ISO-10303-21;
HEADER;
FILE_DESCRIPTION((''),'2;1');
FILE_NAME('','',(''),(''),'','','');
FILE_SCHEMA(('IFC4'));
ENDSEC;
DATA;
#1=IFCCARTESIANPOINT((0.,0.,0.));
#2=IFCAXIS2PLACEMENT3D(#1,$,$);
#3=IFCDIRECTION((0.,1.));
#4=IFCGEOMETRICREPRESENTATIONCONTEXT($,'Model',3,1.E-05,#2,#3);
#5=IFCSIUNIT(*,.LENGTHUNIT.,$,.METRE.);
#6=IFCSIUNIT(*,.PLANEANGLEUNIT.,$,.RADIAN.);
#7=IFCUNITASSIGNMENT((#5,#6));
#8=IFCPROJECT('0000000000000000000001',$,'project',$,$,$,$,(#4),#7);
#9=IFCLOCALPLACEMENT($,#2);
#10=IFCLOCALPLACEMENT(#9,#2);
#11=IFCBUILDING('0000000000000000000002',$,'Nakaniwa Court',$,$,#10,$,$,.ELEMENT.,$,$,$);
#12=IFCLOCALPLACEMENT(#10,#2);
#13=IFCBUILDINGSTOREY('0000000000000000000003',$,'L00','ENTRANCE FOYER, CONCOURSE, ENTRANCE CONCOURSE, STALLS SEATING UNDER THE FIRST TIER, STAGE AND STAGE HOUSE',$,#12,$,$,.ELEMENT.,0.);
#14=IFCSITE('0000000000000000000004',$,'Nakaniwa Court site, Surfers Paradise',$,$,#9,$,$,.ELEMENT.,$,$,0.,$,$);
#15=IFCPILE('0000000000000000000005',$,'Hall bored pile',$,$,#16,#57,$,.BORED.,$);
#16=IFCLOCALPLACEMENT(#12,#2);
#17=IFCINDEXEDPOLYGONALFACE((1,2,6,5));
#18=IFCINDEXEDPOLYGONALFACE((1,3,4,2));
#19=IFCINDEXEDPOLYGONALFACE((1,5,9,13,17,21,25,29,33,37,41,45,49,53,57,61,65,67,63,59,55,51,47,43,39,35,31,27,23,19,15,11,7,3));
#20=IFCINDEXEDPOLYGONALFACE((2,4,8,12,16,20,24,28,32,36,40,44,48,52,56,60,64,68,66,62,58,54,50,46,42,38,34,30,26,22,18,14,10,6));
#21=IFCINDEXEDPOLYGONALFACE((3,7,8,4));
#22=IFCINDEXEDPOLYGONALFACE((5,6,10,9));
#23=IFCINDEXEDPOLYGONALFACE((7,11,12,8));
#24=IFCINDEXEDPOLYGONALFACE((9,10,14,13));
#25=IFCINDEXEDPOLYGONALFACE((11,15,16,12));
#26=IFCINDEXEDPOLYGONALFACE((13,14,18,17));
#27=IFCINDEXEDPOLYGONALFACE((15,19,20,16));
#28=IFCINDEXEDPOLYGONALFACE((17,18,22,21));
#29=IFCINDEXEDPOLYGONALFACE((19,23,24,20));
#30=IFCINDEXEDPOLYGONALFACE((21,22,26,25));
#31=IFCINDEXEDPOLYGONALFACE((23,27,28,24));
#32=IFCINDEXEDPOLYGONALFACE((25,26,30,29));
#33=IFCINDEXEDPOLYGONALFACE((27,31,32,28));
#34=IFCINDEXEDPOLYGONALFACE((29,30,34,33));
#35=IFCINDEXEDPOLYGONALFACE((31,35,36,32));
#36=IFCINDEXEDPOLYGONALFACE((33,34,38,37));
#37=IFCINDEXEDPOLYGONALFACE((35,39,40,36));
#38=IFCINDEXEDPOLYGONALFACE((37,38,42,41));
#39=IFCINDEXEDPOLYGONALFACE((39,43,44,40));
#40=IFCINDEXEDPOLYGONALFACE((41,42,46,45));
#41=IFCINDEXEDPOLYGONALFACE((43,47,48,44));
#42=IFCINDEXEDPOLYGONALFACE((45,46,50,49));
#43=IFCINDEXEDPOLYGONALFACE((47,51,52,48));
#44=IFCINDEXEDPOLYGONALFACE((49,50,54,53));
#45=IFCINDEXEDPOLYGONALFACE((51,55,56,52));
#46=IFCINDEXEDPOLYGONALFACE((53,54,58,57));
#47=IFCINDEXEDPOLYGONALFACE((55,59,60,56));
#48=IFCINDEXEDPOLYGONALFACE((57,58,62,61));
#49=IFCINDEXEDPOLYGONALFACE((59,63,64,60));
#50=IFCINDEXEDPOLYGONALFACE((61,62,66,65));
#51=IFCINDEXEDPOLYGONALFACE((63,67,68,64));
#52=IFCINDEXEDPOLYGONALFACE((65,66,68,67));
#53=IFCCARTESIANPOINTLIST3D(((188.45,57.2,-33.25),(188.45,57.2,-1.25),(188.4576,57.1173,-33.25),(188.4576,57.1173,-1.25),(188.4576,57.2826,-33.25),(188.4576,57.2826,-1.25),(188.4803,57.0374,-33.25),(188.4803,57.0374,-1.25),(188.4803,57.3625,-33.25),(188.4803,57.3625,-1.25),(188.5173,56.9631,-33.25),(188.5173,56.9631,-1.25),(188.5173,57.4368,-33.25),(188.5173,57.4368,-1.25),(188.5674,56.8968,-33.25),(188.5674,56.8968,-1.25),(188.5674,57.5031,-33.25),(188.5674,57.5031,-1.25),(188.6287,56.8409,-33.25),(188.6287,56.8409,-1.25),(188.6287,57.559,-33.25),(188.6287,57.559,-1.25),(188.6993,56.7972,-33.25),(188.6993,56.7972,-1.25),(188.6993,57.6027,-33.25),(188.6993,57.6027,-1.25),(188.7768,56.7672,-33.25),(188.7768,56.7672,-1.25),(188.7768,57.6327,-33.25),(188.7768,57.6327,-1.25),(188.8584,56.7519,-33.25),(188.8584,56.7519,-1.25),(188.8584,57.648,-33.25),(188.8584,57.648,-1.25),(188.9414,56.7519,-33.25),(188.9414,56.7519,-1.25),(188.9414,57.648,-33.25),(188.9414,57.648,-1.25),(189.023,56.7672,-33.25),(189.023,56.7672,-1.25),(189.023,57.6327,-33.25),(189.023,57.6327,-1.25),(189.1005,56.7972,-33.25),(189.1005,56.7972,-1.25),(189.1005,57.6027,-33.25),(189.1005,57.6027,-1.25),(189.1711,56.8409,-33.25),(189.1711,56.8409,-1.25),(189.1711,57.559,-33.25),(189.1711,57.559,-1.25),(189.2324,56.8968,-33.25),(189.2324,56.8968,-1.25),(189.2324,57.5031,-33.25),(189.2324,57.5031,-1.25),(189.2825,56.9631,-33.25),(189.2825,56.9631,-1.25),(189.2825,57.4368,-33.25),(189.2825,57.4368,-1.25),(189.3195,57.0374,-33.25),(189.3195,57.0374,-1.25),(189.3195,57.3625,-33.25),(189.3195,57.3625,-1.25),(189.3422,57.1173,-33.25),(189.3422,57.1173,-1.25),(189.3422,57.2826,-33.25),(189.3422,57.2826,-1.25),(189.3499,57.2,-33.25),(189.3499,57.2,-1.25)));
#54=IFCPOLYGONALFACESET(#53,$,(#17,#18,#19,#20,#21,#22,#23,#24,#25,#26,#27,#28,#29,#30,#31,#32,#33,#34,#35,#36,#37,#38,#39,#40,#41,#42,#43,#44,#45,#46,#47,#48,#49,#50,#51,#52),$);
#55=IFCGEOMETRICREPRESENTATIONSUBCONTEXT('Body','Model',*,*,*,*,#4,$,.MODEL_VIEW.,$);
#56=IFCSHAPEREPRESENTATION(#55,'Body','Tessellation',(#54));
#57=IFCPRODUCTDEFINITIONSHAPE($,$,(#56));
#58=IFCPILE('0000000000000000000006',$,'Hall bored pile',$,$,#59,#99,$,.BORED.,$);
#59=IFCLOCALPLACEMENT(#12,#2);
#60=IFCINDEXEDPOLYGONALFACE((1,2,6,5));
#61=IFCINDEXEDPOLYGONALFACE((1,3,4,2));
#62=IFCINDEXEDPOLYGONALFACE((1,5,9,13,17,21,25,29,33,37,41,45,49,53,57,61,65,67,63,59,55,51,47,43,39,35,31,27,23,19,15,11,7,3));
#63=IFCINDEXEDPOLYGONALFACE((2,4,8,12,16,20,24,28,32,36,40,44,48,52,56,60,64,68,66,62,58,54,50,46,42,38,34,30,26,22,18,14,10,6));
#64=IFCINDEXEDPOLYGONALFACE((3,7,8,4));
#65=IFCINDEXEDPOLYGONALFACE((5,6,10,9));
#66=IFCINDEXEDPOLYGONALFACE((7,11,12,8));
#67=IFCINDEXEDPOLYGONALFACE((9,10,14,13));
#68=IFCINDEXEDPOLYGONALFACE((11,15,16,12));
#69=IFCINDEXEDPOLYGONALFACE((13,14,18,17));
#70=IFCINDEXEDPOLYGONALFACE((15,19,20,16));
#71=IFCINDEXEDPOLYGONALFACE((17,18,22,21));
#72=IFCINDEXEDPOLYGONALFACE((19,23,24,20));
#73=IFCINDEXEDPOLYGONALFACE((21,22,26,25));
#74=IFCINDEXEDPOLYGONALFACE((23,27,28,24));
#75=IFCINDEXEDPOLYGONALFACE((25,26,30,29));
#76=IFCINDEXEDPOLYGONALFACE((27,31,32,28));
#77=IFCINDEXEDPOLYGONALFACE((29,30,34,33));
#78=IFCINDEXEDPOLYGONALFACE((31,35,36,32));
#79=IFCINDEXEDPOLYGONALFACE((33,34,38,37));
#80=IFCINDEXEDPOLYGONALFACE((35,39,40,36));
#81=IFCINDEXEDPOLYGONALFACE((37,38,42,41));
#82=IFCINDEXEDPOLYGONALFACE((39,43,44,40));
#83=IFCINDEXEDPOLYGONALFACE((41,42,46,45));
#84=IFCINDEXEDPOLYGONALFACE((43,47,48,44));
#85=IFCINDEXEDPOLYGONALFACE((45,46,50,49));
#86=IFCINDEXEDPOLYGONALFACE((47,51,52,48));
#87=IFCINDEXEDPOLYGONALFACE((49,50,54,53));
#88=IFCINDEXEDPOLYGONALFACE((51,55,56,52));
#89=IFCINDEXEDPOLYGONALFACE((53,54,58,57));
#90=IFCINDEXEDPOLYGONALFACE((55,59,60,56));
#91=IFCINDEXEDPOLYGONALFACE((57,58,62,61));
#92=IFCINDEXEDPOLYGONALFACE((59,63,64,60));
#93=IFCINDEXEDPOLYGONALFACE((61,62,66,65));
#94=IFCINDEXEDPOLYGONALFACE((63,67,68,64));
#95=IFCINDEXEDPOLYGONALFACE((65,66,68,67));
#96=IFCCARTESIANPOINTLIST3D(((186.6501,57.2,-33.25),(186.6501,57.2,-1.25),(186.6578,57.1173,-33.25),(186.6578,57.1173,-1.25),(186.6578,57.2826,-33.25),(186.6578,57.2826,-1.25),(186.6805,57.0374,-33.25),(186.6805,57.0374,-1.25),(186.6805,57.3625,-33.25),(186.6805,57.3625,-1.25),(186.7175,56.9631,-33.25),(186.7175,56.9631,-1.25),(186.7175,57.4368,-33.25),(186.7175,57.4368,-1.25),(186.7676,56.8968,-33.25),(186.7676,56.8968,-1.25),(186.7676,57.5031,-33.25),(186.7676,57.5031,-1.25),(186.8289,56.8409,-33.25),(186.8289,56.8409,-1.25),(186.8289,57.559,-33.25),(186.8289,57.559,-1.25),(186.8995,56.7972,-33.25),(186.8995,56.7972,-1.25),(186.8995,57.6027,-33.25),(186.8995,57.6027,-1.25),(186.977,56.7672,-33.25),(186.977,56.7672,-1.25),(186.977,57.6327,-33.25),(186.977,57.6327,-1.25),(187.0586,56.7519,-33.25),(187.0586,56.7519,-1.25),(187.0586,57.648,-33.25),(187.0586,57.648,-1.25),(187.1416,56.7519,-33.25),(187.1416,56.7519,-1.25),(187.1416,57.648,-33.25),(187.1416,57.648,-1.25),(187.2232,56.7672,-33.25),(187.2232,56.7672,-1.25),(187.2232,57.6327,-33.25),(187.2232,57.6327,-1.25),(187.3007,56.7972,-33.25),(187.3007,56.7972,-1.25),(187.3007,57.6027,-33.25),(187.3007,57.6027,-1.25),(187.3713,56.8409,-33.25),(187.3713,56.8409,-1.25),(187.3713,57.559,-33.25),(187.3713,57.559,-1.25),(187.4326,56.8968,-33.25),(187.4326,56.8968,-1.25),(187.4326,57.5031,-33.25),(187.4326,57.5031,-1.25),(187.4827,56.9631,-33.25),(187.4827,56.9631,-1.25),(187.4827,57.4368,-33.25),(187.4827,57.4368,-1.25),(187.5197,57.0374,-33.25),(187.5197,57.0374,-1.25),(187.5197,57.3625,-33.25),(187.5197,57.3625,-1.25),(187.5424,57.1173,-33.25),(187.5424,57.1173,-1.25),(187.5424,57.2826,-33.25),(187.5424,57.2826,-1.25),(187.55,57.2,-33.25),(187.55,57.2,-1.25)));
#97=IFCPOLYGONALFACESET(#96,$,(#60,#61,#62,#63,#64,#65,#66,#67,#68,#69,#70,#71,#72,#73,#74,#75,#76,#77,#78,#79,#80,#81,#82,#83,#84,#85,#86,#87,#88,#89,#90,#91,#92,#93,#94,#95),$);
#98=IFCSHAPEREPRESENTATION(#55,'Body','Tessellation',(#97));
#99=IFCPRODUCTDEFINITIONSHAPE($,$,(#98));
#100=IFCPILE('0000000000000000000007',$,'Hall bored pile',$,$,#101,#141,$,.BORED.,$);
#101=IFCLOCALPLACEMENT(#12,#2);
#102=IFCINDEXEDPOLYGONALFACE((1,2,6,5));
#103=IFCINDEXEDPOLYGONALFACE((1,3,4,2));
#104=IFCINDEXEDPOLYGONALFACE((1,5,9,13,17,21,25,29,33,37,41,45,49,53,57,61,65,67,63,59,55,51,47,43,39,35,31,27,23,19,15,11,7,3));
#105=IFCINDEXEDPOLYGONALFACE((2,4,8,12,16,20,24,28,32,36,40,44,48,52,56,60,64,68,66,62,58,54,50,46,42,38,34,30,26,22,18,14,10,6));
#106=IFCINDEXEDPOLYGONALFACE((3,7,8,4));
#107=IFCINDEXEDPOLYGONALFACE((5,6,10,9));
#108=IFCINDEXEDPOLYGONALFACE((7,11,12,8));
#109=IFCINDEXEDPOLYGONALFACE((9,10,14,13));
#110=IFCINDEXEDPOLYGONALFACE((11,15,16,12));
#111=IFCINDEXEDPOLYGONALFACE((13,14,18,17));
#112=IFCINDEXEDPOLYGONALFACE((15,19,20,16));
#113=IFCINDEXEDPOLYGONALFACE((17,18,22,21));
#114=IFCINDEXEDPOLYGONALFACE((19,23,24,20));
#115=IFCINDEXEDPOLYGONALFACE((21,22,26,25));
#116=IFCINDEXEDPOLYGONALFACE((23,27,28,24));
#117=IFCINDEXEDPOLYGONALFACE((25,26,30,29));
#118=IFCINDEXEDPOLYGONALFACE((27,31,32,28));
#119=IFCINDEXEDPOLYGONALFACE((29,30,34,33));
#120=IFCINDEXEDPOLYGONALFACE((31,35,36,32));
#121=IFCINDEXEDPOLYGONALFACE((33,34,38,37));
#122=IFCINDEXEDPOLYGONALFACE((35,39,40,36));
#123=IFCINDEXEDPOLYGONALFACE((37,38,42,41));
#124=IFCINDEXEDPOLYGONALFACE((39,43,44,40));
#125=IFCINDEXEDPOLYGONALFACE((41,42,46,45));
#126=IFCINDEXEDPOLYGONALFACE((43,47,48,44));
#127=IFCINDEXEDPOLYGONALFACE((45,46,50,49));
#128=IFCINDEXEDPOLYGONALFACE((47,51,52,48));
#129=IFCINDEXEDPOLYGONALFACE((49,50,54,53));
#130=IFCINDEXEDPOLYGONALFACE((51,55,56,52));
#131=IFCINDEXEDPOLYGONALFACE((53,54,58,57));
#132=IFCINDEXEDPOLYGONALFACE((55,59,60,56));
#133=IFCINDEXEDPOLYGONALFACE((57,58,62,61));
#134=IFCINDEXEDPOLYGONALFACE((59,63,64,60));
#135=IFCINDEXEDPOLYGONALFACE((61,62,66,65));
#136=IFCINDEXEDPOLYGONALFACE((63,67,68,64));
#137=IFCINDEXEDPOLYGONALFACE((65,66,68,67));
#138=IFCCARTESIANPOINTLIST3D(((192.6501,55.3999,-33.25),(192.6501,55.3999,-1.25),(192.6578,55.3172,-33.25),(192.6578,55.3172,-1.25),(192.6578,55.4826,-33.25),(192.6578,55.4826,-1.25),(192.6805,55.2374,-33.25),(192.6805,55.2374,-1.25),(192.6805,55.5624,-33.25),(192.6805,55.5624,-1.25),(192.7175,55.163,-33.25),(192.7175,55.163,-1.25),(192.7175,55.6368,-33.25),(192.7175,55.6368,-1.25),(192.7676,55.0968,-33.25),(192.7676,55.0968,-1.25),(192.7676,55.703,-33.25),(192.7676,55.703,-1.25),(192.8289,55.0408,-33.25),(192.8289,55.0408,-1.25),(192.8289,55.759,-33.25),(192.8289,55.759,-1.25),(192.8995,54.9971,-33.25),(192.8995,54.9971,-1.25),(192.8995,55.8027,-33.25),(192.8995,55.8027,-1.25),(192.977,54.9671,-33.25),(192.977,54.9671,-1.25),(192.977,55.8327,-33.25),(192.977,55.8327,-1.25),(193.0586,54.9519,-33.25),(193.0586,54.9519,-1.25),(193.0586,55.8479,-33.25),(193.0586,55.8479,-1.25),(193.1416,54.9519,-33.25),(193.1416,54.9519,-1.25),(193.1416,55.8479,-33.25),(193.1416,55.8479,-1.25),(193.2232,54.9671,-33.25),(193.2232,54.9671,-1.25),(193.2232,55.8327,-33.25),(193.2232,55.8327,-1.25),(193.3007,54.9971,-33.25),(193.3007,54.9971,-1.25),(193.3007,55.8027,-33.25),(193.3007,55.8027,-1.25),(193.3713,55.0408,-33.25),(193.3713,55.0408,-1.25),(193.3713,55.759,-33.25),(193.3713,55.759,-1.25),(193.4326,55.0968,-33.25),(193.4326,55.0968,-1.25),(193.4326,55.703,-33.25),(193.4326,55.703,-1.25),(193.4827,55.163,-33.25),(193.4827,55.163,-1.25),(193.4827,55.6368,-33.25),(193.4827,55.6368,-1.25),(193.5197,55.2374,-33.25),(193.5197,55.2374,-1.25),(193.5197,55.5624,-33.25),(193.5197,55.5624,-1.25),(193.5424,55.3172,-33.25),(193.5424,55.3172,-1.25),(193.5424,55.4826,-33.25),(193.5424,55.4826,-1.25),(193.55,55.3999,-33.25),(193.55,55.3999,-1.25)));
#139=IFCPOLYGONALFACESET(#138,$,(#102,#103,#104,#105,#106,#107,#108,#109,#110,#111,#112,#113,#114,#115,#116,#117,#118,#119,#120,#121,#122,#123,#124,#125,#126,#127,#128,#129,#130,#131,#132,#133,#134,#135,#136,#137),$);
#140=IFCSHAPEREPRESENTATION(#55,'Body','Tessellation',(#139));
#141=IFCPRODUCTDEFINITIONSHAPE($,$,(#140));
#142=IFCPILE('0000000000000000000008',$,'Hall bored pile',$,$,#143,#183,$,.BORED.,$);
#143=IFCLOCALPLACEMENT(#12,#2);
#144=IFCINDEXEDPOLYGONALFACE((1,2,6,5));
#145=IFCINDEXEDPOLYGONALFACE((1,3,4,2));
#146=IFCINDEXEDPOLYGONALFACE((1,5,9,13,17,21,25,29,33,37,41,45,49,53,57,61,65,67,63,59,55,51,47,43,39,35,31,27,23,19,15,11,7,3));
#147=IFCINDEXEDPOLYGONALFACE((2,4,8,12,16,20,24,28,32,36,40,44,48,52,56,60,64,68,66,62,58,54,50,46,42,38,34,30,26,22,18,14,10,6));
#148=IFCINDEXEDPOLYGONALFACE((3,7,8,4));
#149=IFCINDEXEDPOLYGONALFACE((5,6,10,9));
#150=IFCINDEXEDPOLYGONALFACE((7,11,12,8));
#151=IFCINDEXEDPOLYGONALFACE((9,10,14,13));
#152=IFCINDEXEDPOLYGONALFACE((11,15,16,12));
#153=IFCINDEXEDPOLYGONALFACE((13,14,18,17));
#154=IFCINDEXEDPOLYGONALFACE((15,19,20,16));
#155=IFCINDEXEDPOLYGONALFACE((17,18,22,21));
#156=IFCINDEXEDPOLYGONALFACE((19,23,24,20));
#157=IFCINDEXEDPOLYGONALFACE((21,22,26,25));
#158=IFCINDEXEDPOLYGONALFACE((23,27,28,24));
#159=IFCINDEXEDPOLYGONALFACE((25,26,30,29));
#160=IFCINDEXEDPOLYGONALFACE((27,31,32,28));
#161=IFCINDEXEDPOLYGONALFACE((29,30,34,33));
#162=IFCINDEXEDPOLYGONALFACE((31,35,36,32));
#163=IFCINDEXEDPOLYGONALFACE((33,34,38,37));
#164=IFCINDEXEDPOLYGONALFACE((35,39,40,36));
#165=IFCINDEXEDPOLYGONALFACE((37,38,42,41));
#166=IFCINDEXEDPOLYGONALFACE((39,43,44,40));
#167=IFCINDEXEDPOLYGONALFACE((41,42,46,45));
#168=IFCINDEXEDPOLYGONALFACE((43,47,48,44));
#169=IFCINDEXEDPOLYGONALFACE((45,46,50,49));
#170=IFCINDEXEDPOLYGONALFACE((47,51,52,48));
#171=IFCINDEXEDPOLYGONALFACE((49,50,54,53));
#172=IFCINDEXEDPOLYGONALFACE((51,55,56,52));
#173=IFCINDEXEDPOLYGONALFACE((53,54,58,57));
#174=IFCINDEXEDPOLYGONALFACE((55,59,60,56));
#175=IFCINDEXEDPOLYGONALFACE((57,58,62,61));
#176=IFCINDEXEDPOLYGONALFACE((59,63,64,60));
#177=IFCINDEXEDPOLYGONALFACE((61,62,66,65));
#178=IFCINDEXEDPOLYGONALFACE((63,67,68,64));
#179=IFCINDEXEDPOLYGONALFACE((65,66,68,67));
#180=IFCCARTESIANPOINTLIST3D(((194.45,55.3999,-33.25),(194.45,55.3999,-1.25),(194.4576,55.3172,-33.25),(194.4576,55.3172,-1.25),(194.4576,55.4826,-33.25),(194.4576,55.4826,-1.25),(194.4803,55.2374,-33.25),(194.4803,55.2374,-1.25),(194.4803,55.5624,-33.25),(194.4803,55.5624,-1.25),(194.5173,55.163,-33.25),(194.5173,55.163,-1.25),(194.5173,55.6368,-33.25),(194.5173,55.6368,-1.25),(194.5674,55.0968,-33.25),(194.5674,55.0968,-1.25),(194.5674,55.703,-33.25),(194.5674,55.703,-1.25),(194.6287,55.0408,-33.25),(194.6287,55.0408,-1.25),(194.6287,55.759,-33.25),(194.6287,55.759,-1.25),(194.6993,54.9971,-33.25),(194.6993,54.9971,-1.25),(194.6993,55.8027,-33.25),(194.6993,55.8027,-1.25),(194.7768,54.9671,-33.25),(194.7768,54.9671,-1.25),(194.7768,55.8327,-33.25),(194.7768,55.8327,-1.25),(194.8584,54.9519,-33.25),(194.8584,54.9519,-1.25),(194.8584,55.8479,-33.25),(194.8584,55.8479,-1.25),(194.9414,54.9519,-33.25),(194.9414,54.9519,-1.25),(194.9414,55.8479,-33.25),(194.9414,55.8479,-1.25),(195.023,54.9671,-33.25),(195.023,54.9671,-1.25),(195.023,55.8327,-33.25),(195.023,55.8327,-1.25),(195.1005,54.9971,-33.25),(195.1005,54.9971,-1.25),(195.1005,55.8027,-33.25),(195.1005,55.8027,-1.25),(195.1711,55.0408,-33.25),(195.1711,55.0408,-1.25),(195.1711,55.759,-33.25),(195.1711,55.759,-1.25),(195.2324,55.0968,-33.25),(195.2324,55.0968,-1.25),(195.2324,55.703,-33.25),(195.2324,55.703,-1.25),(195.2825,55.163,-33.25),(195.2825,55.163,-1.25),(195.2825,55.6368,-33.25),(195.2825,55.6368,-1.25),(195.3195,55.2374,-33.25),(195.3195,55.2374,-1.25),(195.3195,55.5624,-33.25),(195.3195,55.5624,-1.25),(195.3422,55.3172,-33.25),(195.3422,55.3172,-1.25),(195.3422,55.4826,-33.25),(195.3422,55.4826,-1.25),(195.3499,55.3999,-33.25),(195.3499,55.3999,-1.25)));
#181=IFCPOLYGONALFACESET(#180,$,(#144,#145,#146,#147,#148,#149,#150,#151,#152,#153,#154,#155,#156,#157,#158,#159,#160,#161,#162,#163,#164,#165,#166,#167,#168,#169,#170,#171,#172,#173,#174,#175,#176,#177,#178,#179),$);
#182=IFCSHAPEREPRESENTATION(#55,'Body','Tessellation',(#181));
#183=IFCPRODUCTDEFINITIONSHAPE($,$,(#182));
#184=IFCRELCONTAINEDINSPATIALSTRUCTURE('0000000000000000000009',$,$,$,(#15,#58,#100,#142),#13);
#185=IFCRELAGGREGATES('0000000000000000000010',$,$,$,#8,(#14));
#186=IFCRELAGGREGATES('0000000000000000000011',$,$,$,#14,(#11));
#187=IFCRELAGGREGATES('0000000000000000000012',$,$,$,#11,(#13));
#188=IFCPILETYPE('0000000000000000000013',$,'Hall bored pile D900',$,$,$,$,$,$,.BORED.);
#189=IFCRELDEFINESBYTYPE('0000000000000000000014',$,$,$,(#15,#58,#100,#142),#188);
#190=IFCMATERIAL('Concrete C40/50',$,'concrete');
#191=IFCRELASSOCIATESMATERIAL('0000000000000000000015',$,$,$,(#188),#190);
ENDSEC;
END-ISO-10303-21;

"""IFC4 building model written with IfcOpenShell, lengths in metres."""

from ifc_helpers import new_model, si_unit, direction, frame, origin, origin_2d, place, context, subcontext, project, spatial, circle, extrude, material, material_profile, profile_set, type_object, element, save


model = new_model("IFC4")

# Units and contexts
model_context = context("Model", 3, precision=1e-05, world=origin(), true_north=direction((0.0, 1.0)))
body_context = subcontext(model_context, "Body", "Model", "MODEL_VIEW")
ifc_project = project(units=[si_unit("LENGTHUNIT", "METRE"), si_unit("PLANEANGLEUNIT", "RADIAN")], contexts=[model_context])

# Site, building, storey
site_placement = place(None, origin())
site = spatial("IfcSite", under=ifc_project, at=site_placement, Name="Nakaniwa Court site, Surfers Paradise", CompositionType="ELEMENT", RefElevation=0.0)
building_placement = place(site_placement, origin())
building = spatial("IfcBuilding", under=site, at=building_placement, Name="Nakaniwa Court", CompositionType="ELEMENT")
storey_placement = place(building_placement, origin())
storey = spatial("IfcBuildingStorey", under=building, at=storey_placement, Name="L00", Description="ENTRANCE FOYER, CONCOURSE, ENTRANCE CONCOURSE, STALLS SEATING UNDER THE FIRST TIER, STAGE AND STAGE HOUSE", CompositionType="ELEMENT", Elevation=0.0)

# Piles
ifc_material_1 = material(Name="Concrete C40/50", Category="concrete")
ifc_material_profile_1 = material_profile(ifc_material_1, circle(Radius=0.45, at=origin_2d()), Name="Bored pile D900")
ifc_profile_set_1 = profile_set([ifc_material_profile_1], Name="Concrete C40/50")
pile_type = type_object("IfcPileType", Name="Hall bored pile D900", PredefinedType="BORED", material=ifc_profile_set_1)
for number, where, z_axis, x_axis, name in (
    (1, (188.8999, 57.2, -1.25), (0.0, 0.0, -1.0), (1.0, 0.0, 0.0), "Hall bored pile"),
    (2, (187.1001, 57.2, -1.25), (0.0, 0.0, -1.0), (1.0, 0.0, 0.0), "Hall bored pile"),
    (3, (193.1001, 55.3999, -1.25), (0.0, 0.0, -1.0), (1.0, 0.0, 0.0), "Hall bored pile"),
    (4, (194.8999, 55.3999, -1.25), (0.0, 0.0, -1.0), (1.0, 0.0, 0.0), "Hall bored pile"),
):
    element("IfcPile", number, at=place(storey_placement, frame(where, z_axis=z_axis, x_axis=x_axis)), inside=storey, type_object=pile_type, Name=name, PredefinedType="BORED", context=body_context, shape_type="SweptSolid", body=[
        extrude(circle(Radius=0.45, at=origin_2d()), origin(), (0.0, 0.0, 1.0), 32.0),
    ])

save(model, "model.ifc")
